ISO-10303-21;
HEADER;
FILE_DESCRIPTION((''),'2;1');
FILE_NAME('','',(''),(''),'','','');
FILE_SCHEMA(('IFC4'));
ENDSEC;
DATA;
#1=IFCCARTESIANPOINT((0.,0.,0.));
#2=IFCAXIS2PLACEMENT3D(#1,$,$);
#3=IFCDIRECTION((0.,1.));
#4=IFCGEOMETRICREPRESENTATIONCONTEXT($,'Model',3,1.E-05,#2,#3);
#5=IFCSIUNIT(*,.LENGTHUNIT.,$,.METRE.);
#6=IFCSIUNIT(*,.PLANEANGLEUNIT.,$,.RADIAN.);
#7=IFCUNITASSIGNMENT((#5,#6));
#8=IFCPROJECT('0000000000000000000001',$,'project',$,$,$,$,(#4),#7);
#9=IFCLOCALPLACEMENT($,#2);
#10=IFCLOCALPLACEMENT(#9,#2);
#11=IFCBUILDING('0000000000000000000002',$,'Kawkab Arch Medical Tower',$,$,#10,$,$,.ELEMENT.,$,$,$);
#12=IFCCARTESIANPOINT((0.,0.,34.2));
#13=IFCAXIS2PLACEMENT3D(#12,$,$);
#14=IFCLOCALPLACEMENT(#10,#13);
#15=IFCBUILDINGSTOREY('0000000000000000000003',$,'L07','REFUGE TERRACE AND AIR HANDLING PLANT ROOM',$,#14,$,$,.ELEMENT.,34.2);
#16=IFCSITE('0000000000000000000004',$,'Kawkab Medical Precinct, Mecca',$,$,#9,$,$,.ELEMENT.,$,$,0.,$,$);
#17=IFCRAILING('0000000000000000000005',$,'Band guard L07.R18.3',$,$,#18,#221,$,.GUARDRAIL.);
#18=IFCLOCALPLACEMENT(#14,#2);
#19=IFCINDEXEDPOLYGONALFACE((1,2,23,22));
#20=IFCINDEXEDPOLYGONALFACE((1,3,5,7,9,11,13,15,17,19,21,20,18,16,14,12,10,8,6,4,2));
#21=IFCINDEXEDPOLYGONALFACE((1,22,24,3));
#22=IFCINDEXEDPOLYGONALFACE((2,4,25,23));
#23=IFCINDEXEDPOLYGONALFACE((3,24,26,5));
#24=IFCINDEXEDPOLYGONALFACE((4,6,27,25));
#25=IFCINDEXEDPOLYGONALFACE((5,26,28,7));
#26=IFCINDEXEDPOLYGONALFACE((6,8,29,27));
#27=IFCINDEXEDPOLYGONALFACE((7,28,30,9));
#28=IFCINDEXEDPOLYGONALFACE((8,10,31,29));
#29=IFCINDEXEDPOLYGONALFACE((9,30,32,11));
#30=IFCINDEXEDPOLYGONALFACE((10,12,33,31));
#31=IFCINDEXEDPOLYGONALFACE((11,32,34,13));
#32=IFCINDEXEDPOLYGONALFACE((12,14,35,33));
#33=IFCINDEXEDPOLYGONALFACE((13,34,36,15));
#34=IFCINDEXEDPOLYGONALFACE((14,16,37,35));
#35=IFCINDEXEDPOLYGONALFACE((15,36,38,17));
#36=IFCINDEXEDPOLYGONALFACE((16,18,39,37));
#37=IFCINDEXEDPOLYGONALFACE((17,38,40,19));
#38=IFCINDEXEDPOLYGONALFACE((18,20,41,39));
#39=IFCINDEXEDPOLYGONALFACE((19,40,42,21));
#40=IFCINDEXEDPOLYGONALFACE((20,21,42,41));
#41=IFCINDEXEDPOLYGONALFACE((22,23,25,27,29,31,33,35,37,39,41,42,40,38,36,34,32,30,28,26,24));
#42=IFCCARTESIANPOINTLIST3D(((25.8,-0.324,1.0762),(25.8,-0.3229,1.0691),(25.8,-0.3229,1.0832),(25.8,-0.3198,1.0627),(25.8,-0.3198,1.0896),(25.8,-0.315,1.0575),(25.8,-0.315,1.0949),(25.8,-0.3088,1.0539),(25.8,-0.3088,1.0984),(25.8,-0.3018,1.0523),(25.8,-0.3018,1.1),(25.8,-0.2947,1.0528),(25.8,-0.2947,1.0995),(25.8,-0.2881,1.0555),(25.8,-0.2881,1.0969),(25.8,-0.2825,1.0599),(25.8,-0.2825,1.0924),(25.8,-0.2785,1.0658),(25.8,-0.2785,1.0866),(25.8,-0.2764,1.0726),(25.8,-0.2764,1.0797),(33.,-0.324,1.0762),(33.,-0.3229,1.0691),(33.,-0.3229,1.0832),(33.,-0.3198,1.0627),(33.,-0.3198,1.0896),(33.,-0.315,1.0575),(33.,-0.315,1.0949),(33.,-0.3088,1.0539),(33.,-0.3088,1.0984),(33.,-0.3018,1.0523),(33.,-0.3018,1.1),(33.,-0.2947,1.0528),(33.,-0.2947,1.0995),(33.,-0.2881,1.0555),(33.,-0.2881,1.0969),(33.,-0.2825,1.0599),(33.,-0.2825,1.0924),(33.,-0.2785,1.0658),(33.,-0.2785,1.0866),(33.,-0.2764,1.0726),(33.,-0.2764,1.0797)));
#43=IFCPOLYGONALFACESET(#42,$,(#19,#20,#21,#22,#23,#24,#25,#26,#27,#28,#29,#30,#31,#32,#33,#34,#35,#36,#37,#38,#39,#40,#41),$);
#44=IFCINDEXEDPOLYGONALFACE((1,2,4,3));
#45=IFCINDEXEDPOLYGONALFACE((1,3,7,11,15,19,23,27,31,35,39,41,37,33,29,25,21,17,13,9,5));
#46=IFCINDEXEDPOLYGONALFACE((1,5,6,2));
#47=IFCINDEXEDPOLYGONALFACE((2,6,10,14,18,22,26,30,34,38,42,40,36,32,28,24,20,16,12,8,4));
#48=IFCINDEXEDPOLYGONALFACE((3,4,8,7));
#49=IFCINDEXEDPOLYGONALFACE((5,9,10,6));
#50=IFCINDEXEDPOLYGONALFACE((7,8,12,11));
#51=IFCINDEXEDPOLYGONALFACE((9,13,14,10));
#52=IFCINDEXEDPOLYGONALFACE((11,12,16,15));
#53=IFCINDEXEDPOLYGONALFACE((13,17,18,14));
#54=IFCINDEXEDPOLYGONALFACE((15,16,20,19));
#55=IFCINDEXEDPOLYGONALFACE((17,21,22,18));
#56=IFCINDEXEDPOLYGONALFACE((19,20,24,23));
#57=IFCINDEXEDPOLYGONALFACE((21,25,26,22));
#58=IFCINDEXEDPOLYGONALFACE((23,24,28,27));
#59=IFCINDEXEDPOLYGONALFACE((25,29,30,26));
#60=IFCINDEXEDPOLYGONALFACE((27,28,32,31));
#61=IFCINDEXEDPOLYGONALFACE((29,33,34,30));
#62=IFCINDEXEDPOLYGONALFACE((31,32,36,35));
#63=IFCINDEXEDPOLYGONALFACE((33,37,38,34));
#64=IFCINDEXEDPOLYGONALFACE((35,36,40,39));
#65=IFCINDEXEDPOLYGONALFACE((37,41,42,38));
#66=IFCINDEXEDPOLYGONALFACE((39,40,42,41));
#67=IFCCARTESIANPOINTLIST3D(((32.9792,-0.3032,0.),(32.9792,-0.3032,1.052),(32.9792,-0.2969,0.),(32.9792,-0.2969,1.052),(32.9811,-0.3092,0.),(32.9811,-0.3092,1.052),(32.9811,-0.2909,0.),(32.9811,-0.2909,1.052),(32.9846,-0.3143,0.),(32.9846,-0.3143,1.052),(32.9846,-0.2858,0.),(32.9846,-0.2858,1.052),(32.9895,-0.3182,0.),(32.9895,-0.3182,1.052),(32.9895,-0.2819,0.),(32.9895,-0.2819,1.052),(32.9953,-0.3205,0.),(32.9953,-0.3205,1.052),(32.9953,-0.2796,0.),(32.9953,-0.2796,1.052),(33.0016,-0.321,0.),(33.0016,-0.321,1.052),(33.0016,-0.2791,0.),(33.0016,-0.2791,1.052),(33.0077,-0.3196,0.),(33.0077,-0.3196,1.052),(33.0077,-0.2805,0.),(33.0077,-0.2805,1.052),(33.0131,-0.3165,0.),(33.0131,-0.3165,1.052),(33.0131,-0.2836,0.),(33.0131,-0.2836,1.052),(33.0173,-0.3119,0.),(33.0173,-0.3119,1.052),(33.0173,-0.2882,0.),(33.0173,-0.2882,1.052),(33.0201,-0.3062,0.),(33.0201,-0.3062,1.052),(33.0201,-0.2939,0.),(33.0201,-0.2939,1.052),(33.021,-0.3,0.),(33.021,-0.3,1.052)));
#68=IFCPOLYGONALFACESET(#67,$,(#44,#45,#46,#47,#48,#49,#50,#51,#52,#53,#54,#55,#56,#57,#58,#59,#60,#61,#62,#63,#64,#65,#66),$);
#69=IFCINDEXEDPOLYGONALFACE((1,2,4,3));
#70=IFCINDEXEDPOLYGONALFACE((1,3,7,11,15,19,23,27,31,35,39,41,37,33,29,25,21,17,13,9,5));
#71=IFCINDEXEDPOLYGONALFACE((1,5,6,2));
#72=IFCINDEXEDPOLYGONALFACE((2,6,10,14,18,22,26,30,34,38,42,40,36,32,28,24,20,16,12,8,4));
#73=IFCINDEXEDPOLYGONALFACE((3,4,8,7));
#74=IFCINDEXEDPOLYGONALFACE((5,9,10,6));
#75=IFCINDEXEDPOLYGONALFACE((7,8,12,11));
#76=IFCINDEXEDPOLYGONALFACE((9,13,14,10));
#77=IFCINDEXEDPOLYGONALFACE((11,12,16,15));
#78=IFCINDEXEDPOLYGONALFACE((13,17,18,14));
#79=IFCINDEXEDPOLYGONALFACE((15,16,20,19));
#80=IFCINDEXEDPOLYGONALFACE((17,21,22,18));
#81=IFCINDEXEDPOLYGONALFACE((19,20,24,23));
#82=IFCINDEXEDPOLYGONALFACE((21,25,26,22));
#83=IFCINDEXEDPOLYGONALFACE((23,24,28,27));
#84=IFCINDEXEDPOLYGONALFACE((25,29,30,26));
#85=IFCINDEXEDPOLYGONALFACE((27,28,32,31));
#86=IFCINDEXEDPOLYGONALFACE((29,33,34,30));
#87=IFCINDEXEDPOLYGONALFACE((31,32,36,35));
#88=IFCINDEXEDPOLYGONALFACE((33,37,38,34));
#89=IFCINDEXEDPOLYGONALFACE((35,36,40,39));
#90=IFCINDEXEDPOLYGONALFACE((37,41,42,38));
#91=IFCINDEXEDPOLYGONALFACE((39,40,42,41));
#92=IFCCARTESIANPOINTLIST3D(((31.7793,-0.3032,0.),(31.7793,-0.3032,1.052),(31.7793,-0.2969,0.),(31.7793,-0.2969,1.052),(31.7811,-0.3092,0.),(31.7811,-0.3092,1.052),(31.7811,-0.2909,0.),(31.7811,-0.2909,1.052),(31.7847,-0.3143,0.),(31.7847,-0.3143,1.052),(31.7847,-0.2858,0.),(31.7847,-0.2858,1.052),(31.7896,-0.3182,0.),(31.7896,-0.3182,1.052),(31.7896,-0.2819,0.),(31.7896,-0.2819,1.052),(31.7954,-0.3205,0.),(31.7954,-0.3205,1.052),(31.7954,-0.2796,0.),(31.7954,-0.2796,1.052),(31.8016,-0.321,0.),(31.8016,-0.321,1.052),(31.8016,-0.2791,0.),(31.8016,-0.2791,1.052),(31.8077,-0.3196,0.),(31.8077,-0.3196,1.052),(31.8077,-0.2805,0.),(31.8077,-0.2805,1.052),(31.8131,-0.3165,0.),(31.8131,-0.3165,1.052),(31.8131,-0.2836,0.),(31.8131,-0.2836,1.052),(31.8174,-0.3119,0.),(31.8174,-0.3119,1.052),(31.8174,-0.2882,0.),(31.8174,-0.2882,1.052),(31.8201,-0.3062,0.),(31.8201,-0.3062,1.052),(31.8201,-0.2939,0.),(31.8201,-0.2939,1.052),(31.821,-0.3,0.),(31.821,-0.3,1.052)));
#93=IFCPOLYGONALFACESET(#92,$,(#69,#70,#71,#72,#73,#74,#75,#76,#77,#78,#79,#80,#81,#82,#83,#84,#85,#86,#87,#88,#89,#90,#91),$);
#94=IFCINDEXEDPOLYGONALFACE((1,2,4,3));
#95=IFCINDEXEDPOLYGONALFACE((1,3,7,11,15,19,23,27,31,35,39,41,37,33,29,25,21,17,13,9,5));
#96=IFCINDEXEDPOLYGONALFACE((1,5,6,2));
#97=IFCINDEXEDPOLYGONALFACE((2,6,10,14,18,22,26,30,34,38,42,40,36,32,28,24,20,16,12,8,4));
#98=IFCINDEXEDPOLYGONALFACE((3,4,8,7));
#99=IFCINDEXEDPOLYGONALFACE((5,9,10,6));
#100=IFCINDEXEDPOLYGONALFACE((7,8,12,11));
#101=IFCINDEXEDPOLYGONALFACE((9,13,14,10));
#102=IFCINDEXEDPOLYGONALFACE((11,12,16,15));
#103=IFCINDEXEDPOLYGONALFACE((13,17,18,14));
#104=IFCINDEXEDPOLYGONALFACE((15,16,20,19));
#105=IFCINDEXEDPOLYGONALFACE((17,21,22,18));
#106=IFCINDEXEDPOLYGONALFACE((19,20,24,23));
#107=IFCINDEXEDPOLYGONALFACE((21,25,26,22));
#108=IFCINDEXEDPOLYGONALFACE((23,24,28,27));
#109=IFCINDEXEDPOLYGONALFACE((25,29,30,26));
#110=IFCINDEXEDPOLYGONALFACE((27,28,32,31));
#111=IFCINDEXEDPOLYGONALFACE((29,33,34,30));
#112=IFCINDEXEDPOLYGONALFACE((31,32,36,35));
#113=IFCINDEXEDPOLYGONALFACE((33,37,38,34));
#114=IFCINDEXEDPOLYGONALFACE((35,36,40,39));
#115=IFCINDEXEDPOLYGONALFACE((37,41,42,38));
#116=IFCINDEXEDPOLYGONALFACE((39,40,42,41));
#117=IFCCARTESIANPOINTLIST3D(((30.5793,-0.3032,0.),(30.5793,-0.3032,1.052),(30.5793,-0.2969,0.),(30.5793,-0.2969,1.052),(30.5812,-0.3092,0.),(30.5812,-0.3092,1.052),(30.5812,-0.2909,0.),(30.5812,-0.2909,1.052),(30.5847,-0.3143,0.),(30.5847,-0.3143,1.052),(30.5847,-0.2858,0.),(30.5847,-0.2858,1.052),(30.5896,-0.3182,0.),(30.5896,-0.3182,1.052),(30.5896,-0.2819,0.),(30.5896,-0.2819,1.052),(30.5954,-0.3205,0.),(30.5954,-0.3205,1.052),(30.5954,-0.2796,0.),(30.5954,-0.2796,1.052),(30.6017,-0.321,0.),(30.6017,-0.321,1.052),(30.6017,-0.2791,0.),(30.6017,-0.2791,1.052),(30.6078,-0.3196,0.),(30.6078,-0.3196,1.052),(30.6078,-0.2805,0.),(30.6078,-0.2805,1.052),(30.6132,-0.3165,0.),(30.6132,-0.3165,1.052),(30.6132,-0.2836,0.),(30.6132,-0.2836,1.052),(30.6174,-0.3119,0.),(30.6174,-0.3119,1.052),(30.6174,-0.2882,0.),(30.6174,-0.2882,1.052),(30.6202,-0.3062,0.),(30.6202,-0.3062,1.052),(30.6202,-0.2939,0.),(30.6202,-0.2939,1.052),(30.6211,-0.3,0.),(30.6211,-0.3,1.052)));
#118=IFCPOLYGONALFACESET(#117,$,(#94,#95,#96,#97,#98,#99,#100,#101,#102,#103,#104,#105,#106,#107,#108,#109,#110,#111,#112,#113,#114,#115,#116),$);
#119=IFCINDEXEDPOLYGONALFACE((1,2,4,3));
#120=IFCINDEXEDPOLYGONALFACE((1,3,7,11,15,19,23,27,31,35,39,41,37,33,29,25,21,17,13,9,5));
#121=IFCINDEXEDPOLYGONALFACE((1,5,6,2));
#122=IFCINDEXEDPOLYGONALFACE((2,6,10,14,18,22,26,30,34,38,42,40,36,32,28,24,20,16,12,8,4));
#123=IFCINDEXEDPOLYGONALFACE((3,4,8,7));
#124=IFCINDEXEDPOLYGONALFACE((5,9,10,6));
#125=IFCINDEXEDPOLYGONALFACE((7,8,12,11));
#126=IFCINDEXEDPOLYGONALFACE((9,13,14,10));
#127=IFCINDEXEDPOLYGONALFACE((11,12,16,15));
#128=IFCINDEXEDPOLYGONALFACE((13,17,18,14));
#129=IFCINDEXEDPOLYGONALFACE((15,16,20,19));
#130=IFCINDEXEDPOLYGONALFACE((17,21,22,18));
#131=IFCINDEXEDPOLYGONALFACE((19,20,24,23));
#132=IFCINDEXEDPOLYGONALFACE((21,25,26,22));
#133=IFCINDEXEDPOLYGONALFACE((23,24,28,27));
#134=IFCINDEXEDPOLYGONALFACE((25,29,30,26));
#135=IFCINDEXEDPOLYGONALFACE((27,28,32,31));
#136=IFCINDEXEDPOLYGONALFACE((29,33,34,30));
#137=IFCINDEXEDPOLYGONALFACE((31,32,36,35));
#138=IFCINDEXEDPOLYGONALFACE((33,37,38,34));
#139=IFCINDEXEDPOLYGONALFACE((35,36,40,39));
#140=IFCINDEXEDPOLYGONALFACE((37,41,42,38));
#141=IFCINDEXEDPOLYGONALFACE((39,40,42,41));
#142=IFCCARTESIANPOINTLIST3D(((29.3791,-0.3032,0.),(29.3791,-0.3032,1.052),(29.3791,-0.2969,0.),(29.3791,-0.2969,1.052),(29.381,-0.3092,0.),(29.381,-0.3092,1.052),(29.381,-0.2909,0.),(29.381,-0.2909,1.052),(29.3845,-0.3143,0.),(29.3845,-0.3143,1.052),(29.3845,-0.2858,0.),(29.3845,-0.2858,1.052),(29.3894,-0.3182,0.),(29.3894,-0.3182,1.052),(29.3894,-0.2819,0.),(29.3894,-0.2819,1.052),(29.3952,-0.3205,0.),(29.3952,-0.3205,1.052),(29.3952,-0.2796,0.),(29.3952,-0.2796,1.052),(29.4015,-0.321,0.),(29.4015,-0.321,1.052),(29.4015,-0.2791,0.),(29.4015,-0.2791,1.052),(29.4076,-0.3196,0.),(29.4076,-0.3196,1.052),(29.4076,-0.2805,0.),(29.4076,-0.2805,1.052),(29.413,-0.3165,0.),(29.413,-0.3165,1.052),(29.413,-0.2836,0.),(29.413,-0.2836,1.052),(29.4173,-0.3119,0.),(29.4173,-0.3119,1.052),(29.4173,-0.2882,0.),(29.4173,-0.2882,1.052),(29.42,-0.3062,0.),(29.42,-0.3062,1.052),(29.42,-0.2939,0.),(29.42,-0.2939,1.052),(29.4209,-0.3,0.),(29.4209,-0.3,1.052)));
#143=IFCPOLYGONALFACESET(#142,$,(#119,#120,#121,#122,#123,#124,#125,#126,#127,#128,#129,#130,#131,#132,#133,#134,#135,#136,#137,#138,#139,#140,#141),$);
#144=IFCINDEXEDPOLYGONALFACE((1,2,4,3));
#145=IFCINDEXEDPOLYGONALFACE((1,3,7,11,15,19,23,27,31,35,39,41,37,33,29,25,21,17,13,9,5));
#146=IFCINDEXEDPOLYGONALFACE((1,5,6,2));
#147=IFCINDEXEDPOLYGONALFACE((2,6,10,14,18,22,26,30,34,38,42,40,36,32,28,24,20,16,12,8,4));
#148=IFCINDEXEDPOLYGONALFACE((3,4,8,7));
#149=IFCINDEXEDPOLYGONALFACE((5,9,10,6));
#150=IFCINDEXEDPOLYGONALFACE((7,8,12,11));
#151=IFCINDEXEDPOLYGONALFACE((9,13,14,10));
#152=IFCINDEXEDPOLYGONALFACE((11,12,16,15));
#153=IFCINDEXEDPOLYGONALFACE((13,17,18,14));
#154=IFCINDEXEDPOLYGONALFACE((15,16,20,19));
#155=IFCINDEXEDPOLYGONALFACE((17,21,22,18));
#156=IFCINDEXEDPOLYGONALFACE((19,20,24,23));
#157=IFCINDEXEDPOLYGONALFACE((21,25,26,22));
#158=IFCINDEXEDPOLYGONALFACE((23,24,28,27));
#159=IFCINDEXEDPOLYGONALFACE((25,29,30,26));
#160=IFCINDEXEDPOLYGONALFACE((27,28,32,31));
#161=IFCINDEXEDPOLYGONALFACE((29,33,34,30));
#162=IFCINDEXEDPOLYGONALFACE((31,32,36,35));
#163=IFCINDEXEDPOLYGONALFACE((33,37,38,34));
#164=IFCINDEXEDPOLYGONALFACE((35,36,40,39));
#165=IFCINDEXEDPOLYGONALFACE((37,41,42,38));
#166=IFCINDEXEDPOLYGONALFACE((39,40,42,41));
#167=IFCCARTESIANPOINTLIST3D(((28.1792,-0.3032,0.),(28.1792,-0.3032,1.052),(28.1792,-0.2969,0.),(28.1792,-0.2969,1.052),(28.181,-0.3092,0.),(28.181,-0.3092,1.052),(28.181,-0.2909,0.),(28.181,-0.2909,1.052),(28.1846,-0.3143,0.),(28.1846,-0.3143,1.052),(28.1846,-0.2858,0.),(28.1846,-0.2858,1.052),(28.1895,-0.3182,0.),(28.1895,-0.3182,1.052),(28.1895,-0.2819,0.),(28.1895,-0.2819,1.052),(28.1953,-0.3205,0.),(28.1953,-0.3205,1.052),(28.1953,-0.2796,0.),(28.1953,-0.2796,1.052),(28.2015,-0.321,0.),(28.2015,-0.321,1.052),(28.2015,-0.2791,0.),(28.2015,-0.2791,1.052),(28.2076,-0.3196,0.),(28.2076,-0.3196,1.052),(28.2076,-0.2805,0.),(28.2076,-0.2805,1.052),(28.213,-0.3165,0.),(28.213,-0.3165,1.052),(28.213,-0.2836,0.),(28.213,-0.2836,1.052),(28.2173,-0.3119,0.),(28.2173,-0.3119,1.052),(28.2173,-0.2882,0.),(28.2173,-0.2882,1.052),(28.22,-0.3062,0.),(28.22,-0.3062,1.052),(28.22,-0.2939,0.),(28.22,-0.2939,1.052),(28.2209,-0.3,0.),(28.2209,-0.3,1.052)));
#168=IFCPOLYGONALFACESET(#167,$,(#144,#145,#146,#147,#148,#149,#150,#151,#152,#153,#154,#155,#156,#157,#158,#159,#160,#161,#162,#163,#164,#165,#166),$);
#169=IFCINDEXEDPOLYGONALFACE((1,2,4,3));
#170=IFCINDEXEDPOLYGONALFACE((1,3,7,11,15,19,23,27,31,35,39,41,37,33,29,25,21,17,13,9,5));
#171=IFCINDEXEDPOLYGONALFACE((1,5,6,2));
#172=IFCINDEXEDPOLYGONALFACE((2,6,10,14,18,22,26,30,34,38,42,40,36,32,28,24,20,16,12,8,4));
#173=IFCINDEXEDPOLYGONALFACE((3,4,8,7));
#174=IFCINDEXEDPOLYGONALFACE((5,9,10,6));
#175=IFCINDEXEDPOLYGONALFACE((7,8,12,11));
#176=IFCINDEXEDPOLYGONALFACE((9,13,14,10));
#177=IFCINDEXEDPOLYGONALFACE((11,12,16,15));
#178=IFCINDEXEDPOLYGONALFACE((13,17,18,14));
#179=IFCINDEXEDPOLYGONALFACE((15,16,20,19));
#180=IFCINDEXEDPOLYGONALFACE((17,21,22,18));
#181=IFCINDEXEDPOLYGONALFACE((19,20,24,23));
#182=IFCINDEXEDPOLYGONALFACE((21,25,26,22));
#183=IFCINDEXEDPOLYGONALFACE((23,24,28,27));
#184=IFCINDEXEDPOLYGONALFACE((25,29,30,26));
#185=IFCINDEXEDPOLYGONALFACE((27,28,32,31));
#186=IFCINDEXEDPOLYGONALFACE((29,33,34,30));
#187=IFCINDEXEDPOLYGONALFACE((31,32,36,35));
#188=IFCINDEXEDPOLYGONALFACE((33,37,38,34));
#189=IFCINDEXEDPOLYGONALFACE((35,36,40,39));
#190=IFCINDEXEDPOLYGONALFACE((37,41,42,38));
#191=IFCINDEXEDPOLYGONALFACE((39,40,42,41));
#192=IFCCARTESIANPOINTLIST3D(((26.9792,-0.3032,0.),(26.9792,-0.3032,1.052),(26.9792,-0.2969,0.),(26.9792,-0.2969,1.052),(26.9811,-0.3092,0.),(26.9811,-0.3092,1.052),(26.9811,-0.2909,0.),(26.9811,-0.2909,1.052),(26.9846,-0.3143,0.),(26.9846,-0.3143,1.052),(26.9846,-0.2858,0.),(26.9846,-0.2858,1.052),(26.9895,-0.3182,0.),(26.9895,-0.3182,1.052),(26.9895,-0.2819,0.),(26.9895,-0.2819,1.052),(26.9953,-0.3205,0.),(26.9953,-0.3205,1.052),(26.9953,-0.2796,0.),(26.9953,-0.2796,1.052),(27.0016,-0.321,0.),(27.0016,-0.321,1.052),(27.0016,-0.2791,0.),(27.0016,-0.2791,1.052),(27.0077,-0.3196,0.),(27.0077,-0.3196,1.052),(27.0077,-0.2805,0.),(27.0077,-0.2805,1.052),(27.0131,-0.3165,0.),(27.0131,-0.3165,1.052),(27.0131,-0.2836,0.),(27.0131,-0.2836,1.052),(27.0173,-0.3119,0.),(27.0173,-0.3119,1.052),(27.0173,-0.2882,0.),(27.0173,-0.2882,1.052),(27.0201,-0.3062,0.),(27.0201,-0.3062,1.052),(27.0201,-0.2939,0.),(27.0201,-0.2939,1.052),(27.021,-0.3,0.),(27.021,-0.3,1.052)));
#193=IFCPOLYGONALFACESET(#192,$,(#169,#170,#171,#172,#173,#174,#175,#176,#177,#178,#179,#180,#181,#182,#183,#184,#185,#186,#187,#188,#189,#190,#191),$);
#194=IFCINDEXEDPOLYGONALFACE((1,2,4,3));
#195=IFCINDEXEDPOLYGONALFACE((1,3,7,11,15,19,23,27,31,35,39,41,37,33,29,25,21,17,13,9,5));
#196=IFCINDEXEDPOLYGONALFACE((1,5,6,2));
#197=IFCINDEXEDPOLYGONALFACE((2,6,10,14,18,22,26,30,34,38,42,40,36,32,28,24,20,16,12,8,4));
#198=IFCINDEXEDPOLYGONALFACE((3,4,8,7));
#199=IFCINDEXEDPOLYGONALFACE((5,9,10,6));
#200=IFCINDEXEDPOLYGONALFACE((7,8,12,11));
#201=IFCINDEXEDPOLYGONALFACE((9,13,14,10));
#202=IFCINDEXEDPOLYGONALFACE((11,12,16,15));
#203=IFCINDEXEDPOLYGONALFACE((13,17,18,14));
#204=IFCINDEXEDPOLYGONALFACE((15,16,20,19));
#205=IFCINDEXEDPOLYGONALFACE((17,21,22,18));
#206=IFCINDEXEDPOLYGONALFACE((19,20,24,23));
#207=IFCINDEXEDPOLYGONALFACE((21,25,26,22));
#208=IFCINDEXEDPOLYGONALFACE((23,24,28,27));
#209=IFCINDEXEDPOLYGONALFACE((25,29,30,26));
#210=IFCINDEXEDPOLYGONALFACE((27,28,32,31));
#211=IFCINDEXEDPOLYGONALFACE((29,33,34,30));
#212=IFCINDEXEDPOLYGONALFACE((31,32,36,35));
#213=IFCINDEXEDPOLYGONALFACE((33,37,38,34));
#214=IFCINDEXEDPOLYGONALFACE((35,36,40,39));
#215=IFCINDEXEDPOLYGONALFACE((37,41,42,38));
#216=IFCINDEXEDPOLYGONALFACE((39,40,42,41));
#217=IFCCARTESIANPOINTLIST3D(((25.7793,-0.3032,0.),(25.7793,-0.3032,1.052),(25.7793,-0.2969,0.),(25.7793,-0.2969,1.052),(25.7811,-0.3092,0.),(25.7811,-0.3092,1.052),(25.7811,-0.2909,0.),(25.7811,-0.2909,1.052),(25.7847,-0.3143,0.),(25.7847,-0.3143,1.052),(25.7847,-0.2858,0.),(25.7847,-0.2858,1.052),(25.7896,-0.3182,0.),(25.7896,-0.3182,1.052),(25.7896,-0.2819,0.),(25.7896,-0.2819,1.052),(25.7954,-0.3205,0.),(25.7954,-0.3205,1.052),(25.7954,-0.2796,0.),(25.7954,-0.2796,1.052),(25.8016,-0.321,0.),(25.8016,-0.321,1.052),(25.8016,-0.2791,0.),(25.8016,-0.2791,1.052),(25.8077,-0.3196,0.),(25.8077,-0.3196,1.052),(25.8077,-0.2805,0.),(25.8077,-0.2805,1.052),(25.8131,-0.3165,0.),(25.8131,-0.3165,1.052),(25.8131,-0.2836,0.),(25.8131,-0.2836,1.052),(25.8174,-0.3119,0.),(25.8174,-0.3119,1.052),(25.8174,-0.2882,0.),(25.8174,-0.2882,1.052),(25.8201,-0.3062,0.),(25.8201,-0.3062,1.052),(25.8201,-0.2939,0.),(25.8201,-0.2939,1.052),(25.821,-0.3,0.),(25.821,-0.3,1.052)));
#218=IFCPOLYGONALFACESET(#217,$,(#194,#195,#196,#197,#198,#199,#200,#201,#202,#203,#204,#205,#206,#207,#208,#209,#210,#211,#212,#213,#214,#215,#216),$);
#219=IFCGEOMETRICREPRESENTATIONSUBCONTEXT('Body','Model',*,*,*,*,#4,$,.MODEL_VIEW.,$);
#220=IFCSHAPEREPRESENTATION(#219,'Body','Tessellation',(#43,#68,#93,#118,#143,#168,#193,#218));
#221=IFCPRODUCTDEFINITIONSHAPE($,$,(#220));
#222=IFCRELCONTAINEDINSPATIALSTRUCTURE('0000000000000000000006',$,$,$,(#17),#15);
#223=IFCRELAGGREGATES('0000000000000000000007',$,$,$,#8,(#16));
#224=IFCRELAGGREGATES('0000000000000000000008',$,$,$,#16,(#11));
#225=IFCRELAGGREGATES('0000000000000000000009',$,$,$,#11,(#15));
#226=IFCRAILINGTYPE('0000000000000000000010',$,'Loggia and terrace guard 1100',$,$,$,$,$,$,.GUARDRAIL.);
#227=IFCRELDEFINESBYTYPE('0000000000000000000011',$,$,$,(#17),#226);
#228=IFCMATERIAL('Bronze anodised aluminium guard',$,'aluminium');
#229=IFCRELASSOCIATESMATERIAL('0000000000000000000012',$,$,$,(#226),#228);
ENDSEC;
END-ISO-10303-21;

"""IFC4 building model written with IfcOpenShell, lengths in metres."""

from ifc_helpers import new_model, si_unit, direction, frame, origin, origin_2d, place, context, subcontext, project, spatial, circle, extrude, material, type_object, element, save


model = new_model("IFC4")

# Units and contexts
model_context = context("Model", 3, precision=1e-05, world=origin(), true_north=direction((0.0, 1.0)))
body_context = subcontext(model_context, "Body", "Model", "MODEL_VIEW")
ifc_project = project(units=[si_unit("LENGTHUNIT", "METRE"), si_unit("PLANEANGLEUNIT", "RADIAN")], contexts=[model_context])

# Site, building, storey
site_placement = place(None, origin())
site = spatial("IfcSite", under=ifc_project, at=site_placement, Name="Kawkab Medical Precinct, Mecca", CompositionType="ELEMENT", RefElevation=0.0)
building_placement = place(site_placement, origin())
building = spatial("IfcBuilding", under=site, at=building_placement, Name="Kawkab Arch Medical Tower", CompositionType="ELEMENT")
storey_placement = place(building_placement, frame((0.0, 0.0, 34.2)))
storey = spatial("IfcBuildingStorey", under=building, at=storey_placement, Name="L07", Description="REFUGE TERRACE AND AIR HANDLING PLANT ROOM", CompositionType="ELEMENT", Elevation=34.2)

# Railing
ifc_material_1 = material(Name="Bronze anodised aluminium guard", Category="aluminium")
railing_type_1 = type_object("IfcRailingType", Name="Loggia and terrace guard 1100", PredefinedType="GUARDRAIL", material=ifc_material_1)
railing_1_placement = place(storey_placement, frame((33.0, -0.3, 0.0)))
element("IfcRailing", 1, at=railing_1_placement, inside=storey, type_object=railing_type_1, Name="Band guard L07.R18.3", PredefinedType="GUARDRAIL", context=body_context, shape_type="SweptSolid", body=[
    extrude(circle(Radius=0.0239, at=origin_2d()), frame((0.0, 0.0, 1.0762), z_axis=(-1.0, 0.0, 0.0), x_axis=(0.0, -1.0, 0.0)), (0.0, 0.0, 1.0), 7.2),
    extrude(circle(Radius=0.021, at=origin_2d()), origin(), (0.0, 0.0, 1.0), 1.052),
    extrude(circle(Radius=0.021, at=origin_2d()), frame((-1.2, 0.0, 0.0)), (0.0, 0.0, 1.0), 1.052),
    extrude(circle(Radius=0.021, at=origin_2d()), frame((-2.3999, 0.0, 0.0)), (0.0, 0.0, 1.0), 1.052),
    extrude(circle(Radius=0.021, at=origin_2d()), frame((-3.6001, 0.0, 0.0)), (0.0, 0.0, 1.0), 1.052),
    extrude(circle(Radius=0.021, at=origin_2d()), frame((-4.8, 0.0, 0.0)), (0.0, 0.0, 1.0), 1.052),
    extrude(circle(Radius=0.021, at=origin_2d()), frame((-6.0, 0.0, 0.0)), (0.0, 0.0, 1.0), 1.052),
    extrude(circle(Radius=0.021, at=origin_2d()), frame((-7.2, 0.0, 0.0)), (0.0, 0.0, 1.0), 1.052),
])

save(model, "model.ifc")
